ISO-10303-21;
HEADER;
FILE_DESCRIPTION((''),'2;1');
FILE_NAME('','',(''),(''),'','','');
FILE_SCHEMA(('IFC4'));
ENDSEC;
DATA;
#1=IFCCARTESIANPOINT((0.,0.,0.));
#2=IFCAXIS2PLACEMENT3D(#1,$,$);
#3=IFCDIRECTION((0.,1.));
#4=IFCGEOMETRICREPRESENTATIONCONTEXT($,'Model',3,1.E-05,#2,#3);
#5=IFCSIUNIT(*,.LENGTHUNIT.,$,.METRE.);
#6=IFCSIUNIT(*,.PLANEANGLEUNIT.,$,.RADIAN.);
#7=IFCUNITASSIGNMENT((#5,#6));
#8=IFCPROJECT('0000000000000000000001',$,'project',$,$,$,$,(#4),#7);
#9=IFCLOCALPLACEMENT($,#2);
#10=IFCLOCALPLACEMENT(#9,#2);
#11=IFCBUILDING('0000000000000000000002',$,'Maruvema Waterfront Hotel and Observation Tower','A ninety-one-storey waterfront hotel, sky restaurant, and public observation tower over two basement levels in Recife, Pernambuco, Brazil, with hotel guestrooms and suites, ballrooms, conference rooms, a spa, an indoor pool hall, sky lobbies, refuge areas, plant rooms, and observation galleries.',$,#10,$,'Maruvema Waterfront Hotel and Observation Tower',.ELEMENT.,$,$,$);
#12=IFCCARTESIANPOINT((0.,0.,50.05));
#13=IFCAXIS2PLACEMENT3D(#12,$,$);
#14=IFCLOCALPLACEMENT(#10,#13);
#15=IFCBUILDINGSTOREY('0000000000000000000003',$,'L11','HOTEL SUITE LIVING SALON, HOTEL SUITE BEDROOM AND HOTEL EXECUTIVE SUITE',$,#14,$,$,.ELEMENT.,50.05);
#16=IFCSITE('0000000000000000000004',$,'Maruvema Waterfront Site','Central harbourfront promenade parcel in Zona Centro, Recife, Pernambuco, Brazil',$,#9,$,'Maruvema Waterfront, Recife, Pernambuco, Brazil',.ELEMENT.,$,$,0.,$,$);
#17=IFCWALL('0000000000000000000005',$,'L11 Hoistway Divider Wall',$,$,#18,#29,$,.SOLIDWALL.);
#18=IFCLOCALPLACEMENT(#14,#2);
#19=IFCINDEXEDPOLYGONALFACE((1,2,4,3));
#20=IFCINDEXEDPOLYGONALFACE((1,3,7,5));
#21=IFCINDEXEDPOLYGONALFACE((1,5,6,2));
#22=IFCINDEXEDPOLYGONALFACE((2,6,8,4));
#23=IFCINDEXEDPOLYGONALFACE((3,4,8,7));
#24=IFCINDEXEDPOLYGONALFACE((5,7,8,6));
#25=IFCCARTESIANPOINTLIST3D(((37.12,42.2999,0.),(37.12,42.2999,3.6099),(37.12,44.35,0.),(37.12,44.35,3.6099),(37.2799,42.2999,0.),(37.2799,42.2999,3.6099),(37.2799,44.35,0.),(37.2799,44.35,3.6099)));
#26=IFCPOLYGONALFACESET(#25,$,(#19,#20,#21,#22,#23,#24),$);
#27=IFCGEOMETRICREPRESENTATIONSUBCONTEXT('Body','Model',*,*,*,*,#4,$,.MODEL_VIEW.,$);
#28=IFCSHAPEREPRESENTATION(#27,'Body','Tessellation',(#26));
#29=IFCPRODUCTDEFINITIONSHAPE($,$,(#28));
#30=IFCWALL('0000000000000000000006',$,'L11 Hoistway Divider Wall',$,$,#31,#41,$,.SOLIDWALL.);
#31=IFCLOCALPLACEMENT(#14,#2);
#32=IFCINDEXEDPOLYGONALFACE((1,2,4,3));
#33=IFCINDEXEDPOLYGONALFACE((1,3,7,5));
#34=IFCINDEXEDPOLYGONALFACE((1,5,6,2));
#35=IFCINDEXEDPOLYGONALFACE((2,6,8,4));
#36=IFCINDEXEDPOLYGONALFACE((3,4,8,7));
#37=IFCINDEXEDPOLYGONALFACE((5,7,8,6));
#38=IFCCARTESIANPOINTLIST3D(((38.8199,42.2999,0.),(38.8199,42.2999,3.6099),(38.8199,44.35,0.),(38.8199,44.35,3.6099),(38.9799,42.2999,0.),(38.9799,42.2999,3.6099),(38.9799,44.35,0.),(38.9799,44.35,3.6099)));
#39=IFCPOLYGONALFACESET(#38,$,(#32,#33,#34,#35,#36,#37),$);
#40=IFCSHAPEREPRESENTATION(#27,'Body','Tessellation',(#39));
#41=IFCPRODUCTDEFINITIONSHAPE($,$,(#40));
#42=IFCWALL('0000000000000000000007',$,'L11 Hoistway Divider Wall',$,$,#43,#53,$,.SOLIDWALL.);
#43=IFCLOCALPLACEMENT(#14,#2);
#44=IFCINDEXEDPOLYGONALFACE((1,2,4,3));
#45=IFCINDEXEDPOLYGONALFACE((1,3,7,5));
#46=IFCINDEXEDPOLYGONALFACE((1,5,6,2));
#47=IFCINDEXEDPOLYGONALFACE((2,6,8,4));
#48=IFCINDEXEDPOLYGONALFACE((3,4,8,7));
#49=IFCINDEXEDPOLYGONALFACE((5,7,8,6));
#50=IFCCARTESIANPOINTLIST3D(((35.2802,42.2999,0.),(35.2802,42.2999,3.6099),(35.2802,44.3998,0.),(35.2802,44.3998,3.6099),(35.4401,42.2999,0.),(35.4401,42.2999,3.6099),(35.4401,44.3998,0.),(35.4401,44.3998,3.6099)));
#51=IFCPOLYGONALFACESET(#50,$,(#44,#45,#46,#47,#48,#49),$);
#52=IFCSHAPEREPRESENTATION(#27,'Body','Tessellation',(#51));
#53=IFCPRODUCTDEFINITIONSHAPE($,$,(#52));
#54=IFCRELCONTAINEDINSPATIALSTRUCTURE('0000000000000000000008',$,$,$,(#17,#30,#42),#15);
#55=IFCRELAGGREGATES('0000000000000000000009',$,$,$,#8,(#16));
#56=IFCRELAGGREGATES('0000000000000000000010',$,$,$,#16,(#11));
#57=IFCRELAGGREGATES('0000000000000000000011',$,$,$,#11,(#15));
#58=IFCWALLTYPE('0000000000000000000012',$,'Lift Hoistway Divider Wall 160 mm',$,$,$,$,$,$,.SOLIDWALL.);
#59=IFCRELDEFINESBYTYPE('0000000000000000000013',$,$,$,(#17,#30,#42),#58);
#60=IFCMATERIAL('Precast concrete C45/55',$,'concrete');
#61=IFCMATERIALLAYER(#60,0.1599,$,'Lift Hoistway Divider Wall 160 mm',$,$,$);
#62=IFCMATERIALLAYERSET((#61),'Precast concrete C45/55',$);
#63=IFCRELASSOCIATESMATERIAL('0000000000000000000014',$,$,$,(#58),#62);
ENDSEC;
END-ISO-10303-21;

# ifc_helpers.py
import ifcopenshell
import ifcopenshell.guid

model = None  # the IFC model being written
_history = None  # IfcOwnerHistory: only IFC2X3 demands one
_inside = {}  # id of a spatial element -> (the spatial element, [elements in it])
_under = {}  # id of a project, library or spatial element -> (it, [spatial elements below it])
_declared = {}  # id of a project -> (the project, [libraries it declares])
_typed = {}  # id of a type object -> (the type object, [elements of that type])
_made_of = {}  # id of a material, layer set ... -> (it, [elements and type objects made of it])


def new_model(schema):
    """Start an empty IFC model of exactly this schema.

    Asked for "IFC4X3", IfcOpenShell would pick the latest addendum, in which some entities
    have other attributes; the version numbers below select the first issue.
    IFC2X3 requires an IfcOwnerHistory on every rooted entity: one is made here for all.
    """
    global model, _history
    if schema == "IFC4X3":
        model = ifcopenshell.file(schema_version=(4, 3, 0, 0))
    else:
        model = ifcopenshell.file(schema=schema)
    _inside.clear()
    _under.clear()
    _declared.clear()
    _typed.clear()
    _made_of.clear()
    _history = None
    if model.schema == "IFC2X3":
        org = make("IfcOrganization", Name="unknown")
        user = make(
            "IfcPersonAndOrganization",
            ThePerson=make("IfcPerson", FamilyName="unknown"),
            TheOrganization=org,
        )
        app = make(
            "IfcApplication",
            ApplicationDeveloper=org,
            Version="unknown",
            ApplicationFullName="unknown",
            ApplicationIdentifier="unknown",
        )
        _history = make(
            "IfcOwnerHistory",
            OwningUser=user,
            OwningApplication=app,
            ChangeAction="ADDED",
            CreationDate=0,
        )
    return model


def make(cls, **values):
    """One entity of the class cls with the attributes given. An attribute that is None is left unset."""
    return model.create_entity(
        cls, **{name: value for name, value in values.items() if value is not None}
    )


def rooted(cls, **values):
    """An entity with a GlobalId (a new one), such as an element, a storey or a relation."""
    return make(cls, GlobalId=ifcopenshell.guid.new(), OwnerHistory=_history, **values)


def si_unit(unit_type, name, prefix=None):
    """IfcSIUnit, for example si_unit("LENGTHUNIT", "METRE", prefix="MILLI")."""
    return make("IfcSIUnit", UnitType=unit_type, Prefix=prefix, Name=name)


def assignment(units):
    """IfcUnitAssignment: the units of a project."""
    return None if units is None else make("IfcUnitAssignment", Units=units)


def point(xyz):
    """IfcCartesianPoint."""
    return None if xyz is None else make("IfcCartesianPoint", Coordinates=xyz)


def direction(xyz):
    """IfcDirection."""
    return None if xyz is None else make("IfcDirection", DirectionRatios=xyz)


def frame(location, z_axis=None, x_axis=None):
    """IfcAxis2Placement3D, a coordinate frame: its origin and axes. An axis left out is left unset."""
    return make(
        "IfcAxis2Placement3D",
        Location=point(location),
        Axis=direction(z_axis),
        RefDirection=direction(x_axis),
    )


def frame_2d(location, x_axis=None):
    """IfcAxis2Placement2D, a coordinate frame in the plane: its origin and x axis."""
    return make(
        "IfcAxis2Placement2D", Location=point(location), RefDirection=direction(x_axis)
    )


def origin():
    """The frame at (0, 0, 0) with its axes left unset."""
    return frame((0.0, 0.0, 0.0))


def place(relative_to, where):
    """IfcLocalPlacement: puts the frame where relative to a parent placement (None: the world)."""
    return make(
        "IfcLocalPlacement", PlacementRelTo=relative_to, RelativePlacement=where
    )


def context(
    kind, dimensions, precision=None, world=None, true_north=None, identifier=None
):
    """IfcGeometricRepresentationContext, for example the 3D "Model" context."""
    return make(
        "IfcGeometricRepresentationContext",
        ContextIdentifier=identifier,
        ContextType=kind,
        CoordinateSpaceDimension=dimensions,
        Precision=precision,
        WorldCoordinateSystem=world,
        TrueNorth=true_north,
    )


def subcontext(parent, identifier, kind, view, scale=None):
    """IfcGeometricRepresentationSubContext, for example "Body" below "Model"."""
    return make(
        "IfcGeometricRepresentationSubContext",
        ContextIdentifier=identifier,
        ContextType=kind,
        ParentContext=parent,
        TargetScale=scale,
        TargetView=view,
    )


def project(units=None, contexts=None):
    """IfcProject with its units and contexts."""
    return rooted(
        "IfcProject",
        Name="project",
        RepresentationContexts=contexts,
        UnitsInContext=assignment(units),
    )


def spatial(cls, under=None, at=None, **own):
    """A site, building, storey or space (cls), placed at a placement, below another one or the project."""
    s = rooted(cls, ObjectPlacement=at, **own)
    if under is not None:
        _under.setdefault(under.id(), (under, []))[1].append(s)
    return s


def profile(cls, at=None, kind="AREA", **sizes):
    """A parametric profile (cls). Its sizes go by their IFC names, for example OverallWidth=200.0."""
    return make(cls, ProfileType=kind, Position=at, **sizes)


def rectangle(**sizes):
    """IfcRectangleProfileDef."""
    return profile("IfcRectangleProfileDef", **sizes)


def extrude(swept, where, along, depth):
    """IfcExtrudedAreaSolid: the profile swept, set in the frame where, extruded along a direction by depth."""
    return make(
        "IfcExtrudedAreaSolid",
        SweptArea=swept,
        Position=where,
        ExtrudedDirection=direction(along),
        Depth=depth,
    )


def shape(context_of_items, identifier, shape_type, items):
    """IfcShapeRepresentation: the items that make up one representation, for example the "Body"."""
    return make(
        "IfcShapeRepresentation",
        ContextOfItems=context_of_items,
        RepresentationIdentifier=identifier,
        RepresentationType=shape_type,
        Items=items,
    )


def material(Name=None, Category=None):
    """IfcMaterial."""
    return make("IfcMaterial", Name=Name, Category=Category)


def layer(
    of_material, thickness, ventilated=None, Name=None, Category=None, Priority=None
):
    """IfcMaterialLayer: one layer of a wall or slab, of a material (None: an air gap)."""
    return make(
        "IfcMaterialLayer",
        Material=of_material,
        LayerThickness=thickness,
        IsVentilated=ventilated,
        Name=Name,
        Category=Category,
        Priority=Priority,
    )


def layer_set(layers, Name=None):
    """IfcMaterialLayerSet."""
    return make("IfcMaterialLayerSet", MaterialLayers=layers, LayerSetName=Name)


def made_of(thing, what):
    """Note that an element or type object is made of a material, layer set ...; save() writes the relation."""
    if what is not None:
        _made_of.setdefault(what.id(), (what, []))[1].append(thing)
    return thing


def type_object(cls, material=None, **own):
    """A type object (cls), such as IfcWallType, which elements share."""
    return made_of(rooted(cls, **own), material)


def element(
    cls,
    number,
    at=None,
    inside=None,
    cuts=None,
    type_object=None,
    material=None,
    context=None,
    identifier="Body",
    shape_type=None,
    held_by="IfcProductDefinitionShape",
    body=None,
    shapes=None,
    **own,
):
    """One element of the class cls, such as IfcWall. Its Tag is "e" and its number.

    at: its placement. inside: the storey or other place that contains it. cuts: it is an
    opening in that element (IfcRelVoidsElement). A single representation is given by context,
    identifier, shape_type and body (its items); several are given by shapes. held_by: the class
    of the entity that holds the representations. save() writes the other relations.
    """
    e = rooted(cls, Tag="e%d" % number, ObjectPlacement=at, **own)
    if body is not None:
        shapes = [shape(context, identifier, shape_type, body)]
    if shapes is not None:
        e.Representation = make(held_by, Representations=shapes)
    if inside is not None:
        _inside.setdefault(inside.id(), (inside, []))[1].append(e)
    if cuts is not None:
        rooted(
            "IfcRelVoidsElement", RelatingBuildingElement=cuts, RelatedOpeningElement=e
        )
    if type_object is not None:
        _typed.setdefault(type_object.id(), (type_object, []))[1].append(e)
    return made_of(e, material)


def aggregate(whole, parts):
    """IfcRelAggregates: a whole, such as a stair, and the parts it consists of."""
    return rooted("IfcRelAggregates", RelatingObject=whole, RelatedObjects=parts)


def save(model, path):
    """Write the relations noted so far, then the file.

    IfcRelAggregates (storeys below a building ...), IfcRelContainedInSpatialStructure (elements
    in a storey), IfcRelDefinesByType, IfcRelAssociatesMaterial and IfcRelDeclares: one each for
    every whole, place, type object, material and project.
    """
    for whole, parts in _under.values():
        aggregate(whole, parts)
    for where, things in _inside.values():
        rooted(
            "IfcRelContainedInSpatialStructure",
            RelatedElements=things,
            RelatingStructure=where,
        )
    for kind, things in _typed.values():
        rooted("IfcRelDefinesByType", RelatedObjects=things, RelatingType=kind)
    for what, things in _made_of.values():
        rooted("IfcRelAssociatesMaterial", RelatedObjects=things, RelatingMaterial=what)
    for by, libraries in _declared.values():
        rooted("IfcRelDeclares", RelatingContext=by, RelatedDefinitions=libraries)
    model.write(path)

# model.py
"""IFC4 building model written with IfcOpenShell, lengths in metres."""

from ifc_helpers import new_model, si_unit, direction, frame, frame_2d, origin, place, context, subcontext, project, spatial, rectangle, extrude, material, layer, layer_set, type_object, element, save


model = new_model("IFC4")

# Units and contexts
model_context = context("Model", 3, precision=1e-05, world=origin(), true_north=direction((0.0, 1.0)))
body_context = subcontext(model_context, "Body", "Model", "MODEL_VIEW")
ifc_project = project(units=[si_unit("LENGTHUNIT", "METRE"), si_unit("PLANEANGLEUNIT", "RADIAN")], contexts=[model_context])

# Site, building, storey
site_placement = place(None, origin())
site = spatial("IfcSite", under=ifc_project, at=site_placement, Name="Maruvema Waterfront Site", Description="Central harbourfront promenade parcel in Zona Centro, Recife, Pernambuco, Brazil", LongName="Maruvema Waterfront, Recife, Pernambuco, Brazil", CompositionType="ELEMENT", RefElevation=0.0)
building_placement = place(site_placement, origin())
building = spatial("IfcBuilding", under=site, at=building_placement, Name="Maruvema Waterfront Hotel and Observation Tower", Description="A ninety-one-storey waterfront hotel, sky restaurant, and public observation tower over two basement levels in Recife, Pernambuco, Brazil, with hotel guestrooms and suites, ballrooms, conference rooms, a spa, an indoor pool hall, sky lobbies, refuge areas, plant rooms, and observation galleries.", LongName="Maruvema Waterfront Hotel and Observation Tower", CompositionType="ELEMENT")
storey_placement = place(building_placement, frame((0.0, 0.0, 50.05)))
storey = spatial("IfcBuildingStorey", under=building, at=storey_placement, Name="L11", Description="HOTEL SUITE LIVING SALON, HOTEL SUITE BEDROOM AND HOTEL EXECUTIVE SUITE", CompositionType="ELEMENT", Elevation=50.05)

# Walls
ifc_material_1 = material(Name="Precast concrete C45/55", Category="concrete")
ifc_layer_1 = layer(ifc_material_1, 0.1599, Name="Lift Hoistway Divider Wall 160 mm")
ifc_layer_set_1 = layer_set([ifc_layer_1], Name="Precast concrete C45/55")
wall_type_1 = type_object("IfcWallType", Name="Lift Hoistway Divider Wall 160 mm", PredefinedType="SOLIDWALL", material=ifc_layer_set_1)
for number, where, z_axis, x_axis, name in (
    (1, (37.2, 42.3, 0.0), (0.0, 0.0, 1.0), (0.0, 1.0, 0.0), "L11 Hoistway Divider Wall"),
    (2, (38.8999, 42.3, 0.0), (0.0, 0.0, 1.0), (0.0, 1.0, 0.0), "L11 Hoistway Divider Wall"),
):
    element("IfcWall", number, at=place(storey_placement, frame(where, z_axis=z_axis, x_axis=x_axis)), inside=storey, type_object=wall_type_1, Name=name, PredefinedType="SOLIDWALL", context=body_context, shape_type="SweptSolid", body=[
        extrude(rectangle(XDim=2.05, YDim=0.1599, at=frame_2d((1.0249, 0.0))), origin(), (0.0, 0.0, 1.0), 3.6099),
    ])
wall_1_placement = place(storey_placement, frame((35.3601, 42.3, 0.0), z_axis=(0.0, 0.0, 1.0), x_axis=(0.0, 1.0, 0.0)))
element("IfcWall", 3, at=wall_1_placement, inside=storey, type_object=wall_type_1, Name="L11 Hoistway Divider Wall", PredefinedType="SOLIDWALL", context=body_context, shape_type="SweptSolid", body=[
    extrude(rectangle(XDim=2.0999, YDim=0.1599, at=frame_2d((1.0498, 0.0))), origin(), (0.0, 0.0, 1.0), 3.6099),
])

save(model, "model.ifc")
